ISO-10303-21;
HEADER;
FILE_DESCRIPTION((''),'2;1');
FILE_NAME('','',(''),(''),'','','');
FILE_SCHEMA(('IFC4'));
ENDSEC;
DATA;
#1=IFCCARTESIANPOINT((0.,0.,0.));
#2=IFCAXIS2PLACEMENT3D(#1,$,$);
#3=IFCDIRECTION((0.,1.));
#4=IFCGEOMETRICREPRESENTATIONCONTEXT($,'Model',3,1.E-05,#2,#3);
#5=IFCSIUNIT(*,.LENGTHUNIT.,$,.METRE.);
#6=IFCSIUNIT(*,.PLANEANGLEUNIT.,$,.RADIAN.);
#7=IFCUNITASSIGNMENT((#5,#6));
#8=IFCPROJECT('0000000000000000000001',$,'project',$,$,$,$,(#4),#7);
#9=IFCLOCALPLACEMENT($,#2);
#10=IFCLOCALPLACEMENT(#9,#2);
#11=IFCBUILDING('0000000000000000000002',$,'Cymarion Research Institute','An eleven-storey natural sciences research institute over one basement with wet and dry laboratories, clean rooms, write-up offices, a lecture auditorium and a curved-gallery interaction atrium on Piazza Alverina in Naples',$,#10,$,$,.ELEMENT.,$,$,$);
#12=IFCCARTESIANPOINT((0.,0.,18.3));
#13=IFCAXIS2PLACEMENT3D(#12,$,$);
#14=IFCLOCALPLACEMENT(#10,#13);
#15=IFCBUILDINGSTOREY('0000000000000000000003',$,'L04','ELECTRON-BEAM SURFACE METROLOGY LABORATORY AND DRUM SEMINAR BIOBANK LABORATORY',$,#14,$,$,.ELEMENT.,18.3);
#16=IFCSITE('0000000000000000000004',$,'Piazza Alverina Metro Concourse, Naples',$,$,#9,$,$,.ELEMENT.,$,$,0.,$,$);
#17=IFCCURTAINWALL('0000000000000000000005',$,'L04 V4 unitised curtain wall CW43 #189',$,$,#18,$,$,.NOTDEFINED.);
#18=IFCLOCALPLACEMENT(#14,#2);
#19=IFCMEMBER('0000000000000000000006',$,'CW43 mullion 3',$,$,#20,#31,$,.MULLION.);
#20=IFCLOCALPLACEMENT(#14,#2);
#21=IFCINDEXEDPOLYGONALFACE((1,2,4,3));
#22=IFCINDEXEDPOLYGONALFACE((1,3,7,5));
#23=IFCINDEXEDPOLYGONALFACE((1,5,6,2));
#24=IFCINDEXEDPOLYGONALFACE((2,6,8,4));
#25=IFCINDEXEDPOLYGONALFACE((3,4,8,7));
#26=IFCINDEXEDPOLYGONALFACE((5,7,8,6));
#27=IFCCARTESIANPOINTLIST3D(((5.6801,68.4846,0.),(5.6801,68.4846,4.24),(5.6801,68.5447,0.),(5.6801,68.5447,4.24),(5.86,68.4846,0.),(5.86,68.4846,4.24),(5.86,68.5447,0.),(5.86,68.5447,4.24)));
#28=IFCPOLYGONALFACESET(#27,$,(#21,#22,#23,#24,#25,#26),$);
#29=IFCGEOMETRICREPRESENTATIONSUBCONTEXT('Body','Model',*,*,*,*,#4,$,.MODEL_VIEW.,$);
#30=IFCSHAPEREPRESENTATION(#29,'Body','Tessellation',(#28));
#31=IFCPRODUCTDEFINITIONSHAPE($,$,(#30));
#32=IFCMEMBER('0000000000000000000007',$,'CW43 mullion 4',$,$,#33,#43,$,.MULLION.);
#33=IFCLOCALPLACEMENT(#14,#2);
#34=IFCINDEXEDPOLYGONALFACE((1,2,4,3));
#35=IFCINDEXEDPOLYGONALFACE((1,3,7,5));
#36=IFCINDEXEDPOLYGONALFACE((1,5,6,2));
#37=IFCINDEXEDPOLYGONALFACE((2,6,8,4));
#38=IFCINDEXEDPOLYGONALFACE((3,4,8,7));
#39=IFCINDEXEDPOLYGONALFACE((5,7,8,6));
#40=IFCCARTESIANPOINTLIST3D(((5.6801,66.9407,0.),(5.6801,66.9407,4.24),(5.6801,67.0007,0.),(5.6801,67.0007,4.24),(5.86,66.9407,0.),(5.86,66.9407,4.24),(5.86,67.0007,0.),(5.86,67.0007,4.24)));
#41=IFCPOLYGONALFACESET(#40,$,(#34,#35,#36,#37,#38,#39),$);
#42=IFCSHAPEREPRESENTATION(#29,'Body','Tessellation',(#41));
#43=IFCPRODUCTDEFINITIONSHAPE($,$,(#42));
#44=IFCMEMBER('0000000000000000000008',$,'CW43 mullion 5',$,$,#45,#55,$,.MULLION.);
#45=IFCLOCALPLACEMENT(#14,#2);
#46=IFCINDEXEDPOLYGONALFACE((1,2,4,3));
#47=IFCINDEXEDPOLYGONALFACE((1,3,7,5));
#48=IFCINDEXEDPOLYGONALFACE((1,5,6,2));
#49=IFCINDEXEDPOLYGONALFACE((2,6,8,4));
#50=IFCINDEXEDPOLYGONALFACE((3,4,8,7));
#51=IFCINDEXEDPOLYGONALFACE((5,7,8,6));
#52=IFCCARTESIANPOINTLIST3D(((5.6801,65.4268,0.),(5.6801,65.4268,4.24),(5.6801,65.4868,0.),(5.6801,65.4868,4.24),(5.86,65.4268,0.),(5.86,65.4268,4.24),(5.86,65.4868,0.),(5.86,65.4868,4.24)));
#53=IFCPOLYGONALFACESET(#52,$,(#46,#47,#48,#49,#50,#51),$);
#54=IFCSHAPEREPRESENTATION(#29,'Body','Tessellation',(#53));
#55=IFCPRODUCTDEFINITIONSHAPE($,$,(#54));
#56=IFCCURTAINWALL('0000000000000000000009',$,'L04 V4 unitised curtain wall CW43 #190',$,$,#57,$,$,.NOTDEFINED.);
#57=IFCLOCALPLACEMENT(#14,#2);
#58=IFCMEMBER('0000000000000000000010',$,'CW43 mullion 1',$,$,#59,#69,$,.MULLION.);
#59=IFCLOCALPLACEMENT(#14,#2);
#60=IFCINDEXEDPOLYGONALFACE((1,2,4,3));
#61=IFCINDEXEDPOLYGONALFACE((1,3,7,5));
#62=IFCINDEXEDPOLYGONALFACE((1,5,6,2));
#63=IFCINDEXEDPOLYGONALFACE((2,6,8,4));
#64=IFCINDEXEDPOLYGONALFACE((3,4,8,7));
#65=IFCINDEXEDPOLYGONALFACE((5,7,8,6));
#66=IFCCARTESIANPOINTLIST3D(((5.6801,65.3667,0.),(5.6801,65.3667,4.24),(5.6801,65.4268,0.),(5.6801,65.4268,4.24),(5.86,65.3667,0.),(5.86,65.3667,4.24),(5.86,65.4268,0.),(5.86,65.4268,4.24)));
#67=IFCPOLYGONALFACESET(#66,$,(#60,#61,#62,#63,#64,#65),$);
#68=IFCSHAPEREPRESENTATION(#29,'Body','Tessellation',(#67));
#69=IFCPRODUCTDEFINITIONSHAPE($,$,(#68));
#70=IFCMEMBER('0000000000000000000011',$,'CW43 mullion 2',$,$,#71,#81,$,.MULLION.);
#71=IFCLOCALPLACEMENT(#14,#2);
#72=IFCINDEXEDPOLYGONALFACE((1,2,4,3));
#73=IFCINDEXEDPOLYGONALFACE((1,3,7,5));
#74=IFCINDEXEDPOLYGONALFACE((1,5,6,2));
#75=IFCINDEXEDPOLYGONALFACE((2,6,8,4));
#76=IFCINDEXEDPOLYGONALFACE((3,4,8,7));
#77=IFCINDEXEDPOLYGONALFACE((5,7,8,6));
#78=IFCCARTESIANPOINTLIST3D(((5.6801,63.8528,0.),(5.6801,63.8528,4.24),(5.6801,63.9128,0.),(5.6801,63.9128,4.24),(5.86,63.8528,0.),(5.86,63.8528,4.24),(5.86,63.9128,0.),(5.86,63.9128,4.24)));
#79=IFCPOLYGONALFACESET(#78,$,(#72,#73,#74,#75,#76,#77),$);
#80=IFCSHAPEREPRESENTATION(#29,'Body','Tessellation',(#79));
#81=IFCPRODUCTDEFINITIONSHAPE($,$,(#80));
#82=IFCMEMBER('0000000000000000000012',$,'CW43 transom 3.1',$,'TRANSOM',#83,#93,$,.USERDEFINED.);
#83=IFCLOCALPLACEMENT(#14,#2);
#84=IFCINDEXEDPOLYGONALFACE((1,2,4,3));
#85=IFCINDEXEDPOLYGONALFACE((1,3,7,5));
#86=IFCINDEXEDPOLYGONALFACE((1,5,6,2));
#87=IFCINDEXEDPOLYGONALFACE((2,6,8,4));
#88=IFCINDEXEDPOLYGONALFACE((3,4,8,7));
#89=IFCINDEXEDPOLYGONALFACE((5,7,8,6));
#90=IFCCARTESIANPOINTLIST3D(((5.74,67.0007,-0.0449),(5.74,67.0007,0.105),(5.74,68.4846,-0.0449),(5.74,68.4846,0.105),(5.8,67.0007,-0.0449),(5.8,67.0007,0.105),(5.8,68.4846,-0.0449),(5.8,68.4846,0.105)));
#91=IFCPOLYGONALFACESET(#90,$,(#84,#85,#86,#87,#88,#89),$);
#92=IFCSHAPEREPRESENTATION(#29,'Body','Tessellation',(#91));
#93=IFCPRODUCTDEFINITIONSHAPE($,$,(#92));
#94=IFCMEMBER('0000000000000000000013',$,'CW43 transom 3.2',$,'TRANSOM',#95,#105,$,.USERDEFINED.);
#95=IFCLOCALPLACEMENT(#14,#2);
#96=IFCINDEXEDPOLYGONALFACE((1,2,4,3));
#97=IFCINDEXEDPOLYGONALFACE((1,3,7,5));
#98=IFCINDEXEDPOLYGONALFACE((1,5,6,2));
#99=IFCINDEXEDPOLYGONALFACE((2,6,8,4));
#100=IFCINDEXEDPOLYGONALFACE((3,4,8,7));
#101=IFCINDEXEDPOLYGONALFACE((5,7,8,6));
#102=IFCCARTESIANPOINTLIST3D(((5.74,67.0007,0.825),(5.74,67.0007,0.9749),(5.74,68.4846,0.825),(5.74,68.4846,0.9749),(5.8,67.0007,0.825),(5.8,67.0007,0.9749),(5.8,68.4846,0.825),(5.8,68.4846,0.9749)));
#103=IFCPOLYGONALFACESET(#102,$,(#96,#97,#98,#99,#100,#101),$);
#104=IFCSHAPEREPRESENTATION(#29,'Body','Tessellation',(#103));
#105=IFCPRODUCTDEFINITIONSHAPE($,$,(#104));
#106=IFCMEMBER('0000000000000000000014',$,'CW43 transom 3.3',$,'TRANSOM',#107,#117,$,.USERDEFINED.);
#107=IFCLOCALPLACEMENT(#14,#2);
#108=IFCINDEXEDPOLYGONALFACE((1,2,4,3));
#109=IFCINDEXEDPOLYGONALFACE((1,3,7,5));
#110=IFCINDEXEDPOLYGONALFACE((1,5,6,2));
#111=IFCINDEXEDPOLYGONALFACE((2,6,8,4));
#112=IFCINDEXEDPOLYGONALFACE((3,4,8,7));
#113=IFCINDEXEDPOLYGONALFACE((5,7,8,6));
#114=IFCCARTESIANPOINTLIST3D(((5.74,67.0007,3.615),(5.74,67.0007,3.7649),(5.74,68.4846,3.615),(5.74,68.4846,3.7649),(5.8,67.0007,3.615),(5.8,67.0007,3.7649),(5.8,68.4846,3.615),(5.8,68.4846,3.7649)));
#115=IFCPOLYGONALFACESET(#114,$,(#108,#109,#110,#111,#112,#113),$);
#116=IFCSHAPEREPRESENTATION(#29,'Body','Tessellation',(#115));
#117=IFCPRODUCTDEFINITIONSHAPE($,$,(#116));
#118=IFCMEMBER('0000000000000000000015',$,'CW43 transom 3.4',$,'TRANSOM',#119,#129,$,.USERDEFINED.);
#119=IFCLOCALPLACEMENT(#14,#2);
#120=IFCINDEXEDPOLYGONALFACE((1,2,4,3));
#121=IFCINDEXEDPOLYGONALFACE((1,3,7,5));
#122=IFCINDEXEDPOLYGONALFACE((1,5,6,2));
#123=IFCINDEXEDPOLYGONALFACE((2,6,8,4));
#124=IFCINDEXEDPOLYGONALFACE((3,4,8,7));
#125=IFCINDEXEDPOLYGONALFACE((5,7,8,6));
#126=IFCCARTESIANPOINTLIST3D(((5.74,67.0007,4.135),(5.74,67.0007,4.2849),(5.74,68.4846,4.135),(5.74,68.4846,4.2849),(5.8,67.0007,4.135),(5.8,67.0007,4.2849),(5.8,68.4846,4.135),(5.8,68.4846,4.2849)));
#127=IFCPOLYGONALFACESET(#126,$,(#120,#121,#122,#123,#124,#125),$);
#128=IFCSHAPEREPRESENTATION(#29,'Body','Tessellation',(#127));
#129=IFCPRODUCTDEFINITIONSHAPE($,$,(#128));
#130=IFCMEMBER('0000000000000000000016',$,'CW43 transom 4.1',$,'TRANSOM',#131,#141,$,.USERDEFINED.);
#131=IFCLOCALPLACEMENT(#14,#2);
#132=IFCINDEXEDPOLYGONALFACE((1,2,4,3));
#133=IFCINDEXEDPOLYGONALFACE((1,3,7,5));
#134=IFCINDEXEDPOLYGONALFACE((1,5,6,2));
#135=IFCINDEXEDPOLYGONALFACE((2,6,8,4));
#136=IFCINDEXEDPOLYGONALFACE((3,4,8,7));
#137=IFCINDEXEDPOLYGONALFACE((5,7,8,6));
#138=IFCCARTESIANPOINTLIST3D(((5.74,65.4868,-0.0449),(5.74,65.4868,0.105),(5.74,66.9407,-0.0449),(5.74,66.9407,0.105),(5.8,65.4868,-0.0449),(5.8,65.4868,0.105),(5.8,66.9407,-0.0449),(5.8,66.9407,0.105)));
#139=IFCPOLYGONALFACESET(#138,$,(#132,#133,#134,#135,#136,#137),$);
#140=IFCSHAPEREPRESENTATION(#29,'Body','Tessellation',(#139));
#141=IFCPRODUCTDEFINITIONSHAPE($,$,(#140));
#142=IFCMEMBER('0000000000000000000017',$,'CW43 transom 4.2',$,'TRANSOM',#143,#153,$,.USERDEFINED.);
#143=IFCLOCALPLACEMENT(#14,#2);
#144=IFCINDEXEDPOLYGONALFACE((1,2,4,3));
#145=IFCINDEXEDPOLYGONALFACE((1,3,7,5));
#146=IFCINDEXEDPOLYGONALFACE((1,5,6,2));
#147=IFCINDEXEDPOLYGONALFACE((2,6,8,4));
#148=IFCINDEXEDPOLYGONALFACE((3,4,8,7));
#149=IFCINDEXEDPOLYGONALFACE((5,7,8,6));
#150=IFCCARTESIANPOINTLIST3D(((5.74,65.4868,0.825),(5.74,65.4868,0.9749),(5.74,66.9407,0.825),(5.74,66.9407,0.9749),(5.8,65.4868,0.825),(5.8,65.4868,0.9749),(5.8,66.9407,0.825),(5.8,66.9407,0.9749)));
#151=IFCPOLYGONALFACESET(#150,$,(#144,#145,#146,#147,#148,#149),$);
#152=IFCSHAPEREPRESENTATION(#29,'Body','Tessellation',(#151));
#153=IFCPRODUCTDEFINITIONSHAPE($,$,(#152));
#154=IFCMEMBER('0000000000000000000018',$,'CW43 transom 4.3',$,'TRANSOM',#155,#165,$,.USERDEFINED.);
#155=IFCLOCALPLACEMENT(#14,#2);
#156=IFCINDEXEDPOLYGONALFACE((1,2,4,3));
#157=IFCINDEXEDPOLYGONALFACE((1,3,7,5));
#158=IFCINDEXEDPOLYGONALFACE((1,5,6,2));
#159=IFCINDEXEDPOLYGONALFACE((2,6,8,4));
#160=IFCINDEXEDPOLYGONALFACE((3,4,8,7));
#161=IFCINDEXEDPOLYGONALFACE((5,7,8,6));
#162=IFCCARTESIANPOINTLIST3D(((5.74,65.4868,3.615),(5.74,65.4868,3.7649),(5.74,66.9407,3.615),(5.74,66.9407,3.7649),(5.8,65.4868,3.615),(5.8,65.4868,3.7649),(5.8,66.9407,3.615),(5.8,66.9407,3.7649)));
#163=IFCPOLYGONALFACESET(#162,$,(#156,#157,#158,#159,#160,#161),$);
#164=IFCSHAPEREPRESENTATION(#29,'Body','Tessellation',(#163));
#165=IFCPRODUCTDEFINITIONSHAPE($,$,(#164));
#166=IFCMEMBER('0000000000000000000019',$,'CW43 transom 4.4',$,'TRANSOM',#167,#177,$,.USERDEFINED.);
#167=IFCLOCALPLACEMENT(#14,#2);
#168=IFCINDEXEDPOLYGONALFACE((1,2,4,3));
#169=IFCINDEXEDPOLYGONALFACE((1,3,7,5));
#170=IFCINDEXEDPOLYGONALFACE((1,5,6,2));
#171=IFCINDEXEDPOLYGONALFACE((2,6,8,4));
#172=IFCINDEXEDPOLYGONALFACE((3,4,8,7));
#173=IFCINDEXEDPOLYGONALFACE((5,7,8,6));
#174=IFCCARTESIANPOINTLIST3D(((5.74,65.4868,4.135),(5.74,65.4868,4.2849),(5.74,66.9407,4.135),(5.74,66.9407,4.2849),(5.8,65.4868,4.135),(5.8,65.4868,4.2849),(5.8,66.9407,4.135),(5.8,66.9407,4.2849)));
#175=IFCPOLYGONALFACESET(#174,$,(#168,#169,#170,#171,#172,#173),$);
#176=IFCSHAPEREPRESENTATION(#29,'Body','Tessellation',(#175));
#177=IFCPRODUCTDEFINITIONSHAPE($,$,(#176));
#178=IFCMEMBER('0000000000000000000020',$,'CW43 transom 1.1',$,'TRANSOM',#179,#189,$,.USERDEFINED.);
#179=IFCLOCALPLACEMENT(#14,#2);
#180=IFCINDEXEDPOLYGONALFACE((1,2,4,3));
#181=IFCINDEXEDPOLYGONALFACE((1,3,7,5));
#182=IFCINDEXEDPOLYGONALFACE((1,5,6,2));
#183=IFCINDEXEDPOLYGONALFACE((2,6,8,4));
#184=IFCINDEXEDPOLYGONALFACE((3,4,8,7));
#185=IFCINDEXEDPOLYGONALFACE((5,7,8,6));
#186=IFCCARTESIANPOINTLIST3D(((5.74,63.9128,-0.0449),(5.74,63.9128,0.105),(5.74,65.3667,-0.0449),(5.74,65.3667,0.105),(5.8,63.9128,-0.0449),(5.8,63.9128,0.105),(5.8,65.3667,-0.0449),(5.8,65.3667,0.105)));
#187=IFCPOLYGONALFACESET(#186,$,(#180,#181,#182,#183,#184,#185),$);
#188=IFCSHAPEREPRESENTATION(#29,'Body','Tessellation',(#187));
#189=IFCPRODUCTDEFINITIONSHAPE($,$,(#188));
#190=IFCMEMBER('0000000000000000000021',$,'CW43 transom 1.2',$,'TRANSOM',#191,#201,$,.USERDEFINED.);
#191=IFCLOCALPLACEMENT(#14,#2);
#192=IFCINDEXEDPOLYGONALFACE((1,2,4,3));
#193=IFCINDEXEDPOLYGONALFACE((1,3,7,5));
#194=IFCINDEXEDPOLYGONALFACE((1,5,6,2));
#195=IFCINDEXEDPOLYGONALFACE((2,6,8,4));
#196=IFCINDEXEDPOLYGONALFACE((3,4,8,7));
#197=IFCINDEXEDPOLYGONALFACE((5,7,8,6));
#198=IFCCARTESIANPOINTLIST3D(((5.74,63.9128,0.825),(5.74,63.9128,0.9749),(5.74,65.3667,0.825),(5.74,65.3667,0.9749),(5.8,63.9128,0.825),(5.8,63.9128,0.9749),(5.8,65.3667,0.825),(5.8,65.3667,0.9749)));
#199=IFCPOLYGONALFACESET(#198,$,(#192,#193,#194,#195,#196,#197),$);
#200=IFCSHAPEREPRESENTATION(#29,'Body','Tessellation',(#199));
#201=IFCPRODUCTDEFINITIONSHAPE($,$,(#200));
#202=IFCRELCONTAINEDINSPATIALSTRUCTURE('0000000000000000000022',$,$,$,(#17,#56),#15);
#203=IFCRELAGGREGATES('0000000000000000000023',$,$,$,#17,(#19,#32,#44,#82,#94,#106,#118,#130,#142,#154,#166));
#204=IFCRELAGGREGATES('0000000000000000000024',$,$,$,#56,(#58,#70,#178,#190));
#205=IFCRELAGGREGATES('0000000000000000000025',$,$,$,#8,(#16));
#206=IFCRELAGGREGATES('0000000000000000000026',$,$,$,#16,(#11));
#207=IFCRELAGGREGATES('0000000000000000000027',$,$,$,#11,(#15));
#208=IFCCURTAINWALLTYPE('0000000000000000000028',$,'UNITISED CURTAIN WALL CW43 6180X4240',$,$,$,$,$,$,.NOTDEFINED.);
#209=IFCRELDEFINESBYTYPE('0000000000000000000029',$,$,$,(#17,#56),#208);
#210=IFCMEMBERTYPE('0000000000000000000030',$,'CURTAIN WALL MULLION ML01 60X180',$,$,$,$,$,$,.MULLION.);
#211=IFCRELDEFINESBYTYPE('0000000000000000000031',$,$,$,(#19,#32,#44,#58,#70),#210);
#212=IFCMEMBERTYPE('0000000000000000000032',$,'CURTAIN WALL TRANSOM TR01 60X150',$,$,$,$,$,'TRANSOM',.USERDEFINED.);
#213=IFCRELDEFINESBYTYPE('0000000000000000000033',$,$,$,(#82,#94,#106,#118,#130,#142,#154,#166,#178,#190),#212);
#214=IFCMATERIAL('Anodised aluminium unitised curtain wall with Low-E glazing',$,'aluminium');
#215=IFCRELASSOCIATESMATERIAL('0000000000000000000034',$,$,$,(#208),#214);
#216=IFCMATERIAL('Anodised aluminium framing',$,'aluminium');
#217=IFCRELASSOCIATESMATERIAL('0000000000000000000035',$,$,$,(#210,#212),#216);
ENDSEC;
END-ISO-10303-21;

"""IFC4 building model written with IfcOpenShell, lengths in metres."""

from ifc_helpers import new_model, si_unit, direction, frame, origin, origin_2d, place, context, subcontext, project, spatial, rectangle, extrude, material, material_profile, profile_set, type_object, element, aggregate, save


model = new_model("IFC4")

# Units and contexts
model_context = context("Model", 3, precision=1e-05, world=origin(), true_north=direction((0.0, 1.0)))
body_context = subcontext(model_context, "Body", "Model", "MODEL_VIEW")
ifc_project = project(units=[si_unit("LENGTHUNIT", "METRE"), si_unit("PLANEANGLEUNIT", "RADIAN")], contexts=[model_context])

# Site, building, storey
site_placement = place(None, origin())
site = spatial("IfcSite", under=ifc_project, at=site_placement, Name="Piazza Alverina Metro Concourse, Naples", CompositionType="ELEMENT", RefElevation=0.0)
building_placement = place(site_placement, origin())
building = spatial("IfcBuilding", under=site, at=building_placement, Name="Cymarion Research Institute", Description="An eleven-storey natural sciences research institute over one basement with wet and dry laboratories, clean rooms, write-up offices, a lecture auditorium and a curved-gallery interaction atrium on Piazza Alverina in Naples", CompositionType="ELEMENT")
storey_placement = place(building_placement, frame((0.0, 0.0, 18.3)))
storey = spatial("IfcBuildingStorey", under=building, at=storey_placement, Name="L04", Description="ELECTRON-BEAM SURFACE METROLOGY LABORATORY AND DRUM SEMINAR BIOBANK LABORATORY", CompositionType="ELEMENT", Elevation=18.3)

# Curtain walls, members
ifc_material_1 = material(Name="Anodised aluminium unitised curtain wall with Low-E glazing", Category="aluminium")
curtain_wall_type = type_object("IfcCurtainWallType", Name="UNITISED CURTAIN WALL CW43 6180X4240", PredefinedType="NOTDEFINED", material=ifc_material_1)
curtain_wall_1_placement = place(storey_placement, origin())
curtain_wall_1 = element("IfcCurtainWall", 1, at=curtain_wall_1_placement, inside=storey, type_object=curtain_wall_type, Name="L04 V4 unitised curtain wall CW43 #189", PredefinedType="NOTDEFINED")
ifc_material_2 = material(Name="Anodised aluminium framing", Category="aluminium")
ifc_material_profile_1 = material_profile(ifc_material_2, rectangle(XDim=0.0601, YDim=0.1799, at=origin_2d()), Name="ALU MULLION 60x180")
ifc_profile_set_1 = profile_set([ifc_material_profile_1], Name="Anodised aluminium framing")
member_type_1 = type_object("IfcMemberType", Name="CURTAIN WALL MULLION ML01 60X180", PredefinedType="MULLION", material=ifc_profile_set_1)
member_1_placement = place(storey_placement, frame((5.77, 68.5146, 0.0), z_axis=(0.0, 0.0, 1.0), x_axis=(0.0, -1.0, 0.0)))
member_1 = element("IfcMember", 2, at=member_1_placement, type_object=member_type_1, Name="CW43 mullion 3", PredefinedType="MULLION", context=body_context, shape_type="SweptSolid", body=[
    extrude(rectangle(XDim=0.0601, YDim=0.1799, at=origin_2d()), origin(), (0.0, 0.0, 1.0), 4.24),
])
member_2_placement = place(storey_placement, frame((5.77, 66.9707, 0.0), z_axis=(0.0, 0.0, 1.0), x_axis=(0.0, -1.0, 0.0)))
member_2 = element("IfcMember", 3, at=member_2_placement, type_object=member_type_1, Name="CW43 mullion 4", PredefinedType="MULLION", context=body_context, shape_type="SweptSolid", body=[
    extrude(rectangle(XDim=0.0601, YDim=0.1799, at=origin_2d()), origin(), (0.0, 0.0, 1.0), 4.24),
])
member_3_placement = place(storey_placement, frame((5.77, 65.4568, 0.0), z_axis=(0.0, 0.0, 1.0), x_axis=(0.0, -1.0, 0.0)))
member_3 = element("IfcMember", 4, at=member_3_placement, type_object=member_type_1, Name="CW43 mullion 5", PredefinedType="MULLION", context=body_context, shape_type="SweptSolid", body=[
    extrude(rectangle(XDim=0.0601, YDim=0.1799, at=origin_2d()), origin(), (0.0, 0.0, 1.0), 4.24),
])
curtain_wall_2_placement = place(storey_placement, origin())
curtain_wall_2 = element("IfcCurtainWall", 5, at=curtain_wall_2_placement, inside=storey, type_object=curtain_wall_type, Name="L04 V4 unitised curtain wall CW43 #190", PredefinedType="NOTDEFINED")
member_4_placement = place(storey_placement, frame((5.77, 65.3967, 0.0), z_axis=(0.0, 0.0, 1.0), x_axis=(0.0, -1.0, 0.0)))
member_4 = element("IfcMember", 6, at=member_4_placement, type_object=member_type_1, Name="CW43 mullion 1", PredefinedType="MULLION", context=body_context, shape_type="SweptSolid", body=[
    extrude(rectangle(XDim=0.0601, YDim=0.1799, at=origin_2d()), origin(), (0.0, 0.0, 1.0), 4.24),
])
member_5_placement = place(storey_placement, frame((5.77, 63.8828, 0.0), z_axis=(0.0, 0.0, 1.0), x_axis=(0.0, -1.0, 0.0)))
member_5 = element("IfcMember", 7, at=member_5_placement, type_object=member_type_1, Name="CW43 mullion 2", PredefinedType="MULLION", context=body_context, shape_type="SweptSolid", body=[
    extrude(rectangle(XDim=0.0601, YDim=0.1799, at=origin_2d()), origin(), (0.0, 0.0, 1.0), 4.24),
])

# Members
ifc_material_profile_2 = material_profile(ifc_material_2, rectangle(XDim=0.0601, YDim=0.1499, at=origin_2d()), Name="ALU TRANSOM 60x150")
ifc_profile_set_2 = profile_set([ifc_material_profile_2], Name="Anodised aluminium framing")
member_type_2 = type_object("IfcMemberType", Name="CURTAIN WALL TRANSOM TR01 60X150", ElementType="TRANSOM", PredefinedType="USERDEFINED", material=ifc_profile_set_2)
member_6_placement = place(storey_placement, frame((5.77, 68.4846, 0.03), z_axis=(0.0, -1.0, 0.0), x_axis=(1.0, 0.0, 0.0)))
member_6 = element("IfcMember", 8, at=member_6_placement, type_object=member_type_2, Name="CW43 transom 3.1", ObjectType="TRANSOM", PredefinedType="USERDEFINED", context=body_context, shape_type="SweptSolid", body=[
    extrude(rectangle(XDim=0.0601, YDim=0.1499, at=origin_2d()), origin(), (0.0, 0.0, 1.0), 1.4839),
])
member_7_placement = place(storey_placement, frame((5.77, 68.4846, 0.8999), z_axis=(0.0, -1.0, 0.0), x_axis=(1.0, 0.0, 0.0)))
member_7 = element("IfcMember", 9, at=member_7_placement, type_object=member_type_2, Name="CW43 transom 3.2", ObjectType="TRANSOM", PredefinedType="USERDEFINED", context=body_context, shape_type="SweptSolid", body=[
    extrude(rectangle(XDim=0.0601, YDim=0.1499, at=origin_2d()), origin(), (0.0, 0.0, 1.0), 1.4839),
])
member_8_placement = place(storey_placement, frame((5.77, 68.4846, 3.6899), z_axis=(0.0, -1.0, 0.0), x_axis=(1.0, 0.0, 0.0)))
member_8 = element("IfcMember", 10, at=member_8_placement, type_object=member_type_2, Name="CW43 transom 3.3", ObjectType="TRANSOM", PredefinedType="USERDEFINED", context=body_context, shape_type="SweptSolid", body=[
    extrude(rectangle(XDim=0.0601, YDim=0.1499, at=origin_2d()), origin(), (0.0, 0.0, 1.0), 1.4839),
])
member_9_placement = place(storey_placement, frame((5.77, 68.4846, 4.21), z_axis=(0.0, -1.0, 0.0), x_axis=(1.0, 0.0, 0.0)))
member_9 = element("IfcMember", 11, at=member_9_placement, type_object=member_type_2, Name="CW43 transom 3.4", ObjectType="TRANSOM", PredefinedType="USERDEFINED", context=body_context, shape_type="SweptSolid", body=[
    extrude(rectangle(XDim=0.0601, YDim=0.1499, at=origin_2d()), origin(), (0.0, 0.0, 1.0), 1.4839),
])
member_10_placement = place(storey_placement, frame((5.77, 66.9407, 0.03), z_axis=(0.0, -1.0, 0.0), x_axis=(1.0, 0.0, 0.0)))
member_10 = element("IfcMember", 12, at=member_10_placement, type_object=member_type_2, Name="CW43 transom 4.1", ObjectType="TRANSOM", PredefinedType="USERDEFINED", context=body_context, shape_type="SweptSolid", body=[
    extrude(rectangle(XDim=0.0601, YDim=0.1499, at=origin_2d()), origin(), (0.0, 0.0, 1.0), 1.4539),
])
member_11_placement = place(storey_placement, frame((5.77, 66.9407, 0.8999), z_axis=(0.0, -1.0, 0.0), x_axis=(1.0, 0.0, 0.0)))
member_11 = element("IfcMember", 13, at=member_11_placement, type_object=member_type_2, Name="CW43 transom 4.2", ObjectType="TRANSOM", PredefinedType="USERDEFINED", context=body_context, shape_type="SweptSolid", body=[
    extrude(rectangle(XDim=0.0601, YDim=0.1499, at=origin_2d()), origin(), (0.0, 0.0, 1.0), 1.4539),
])
member_12_placement = place(storey_placement, frame((5.77, 66.9407, 3.6899), z_axis=(0.0, -1.0, 0.0), x_axis=(1.0, 0.0, 0.0)))
member_12 = element("IfcMember", 14, at=member_12_placement, type_object=member_type_2, Name="CW43 transom 4.3", ObjectType="TRANSOM", PredefinedType="USERDEFINED", context=body_context, shape_type="SweptSolid", body=[
    extrude(rectangle(XDim=0.0601, YDim=0.1499, at=origin_2d()), origin(), (0.0, 0.0, 1.0), 1.4539),
])
member_13_placement = place(storey_placement, frame((5.77, 66.9407, 4.21), z_axis=(0.0, -1.0, 0.0), x_axis=(1.0, 0.0, 0.0)))
member_13 = element("IfcMember", 15, at=member_13_placement, type_object=member_type_2, Name="CW43 transom 4.4", ObjectType="TRANSOM", PredefinedType="USERDEFINED", context=body_context, shape_type="SweptSolid", body=[
    extrude(rectangle(XDim=0.0601, YDim=0.1499, at=origin_2d()), origin(), (0.0, 0.0, 1.0), 1.4539),
])
member_14_placement = place(storey_placement, frame((5.77, 65.3667, 0.03), z_axis=(0.0, -1.0, 0.0), x_axis=(1.0, 0.0, 0.0)))
member_14 = element("IfcMember", 16, at=member_14_placement, type_object=member_type_2, Name="CW43 transom 1.1", ObjectType="TRANSOM", PredefinedType="USERDEFINED", context=body_context, shape_type="SweptSolid", body=[
    extrude(rectangle(XDim=0.0601, YDim=0.1499, at=origin_2d()), origin(), (0.0, 0.0, 1.0), 1.4539),
])
member_15_placement = place(storey_placement, frame((5.77, 65.3667, 0.8999), z_axis=(0.0, -1.0, 0.0), x_axis=(1.0, 0.0, 0.0)))
member_15 = element("IfcMember", 17, at=member_15_placement, type_object=member_type_2, Name="CW43 transom 1.2", ObjectType="TRANSOM", PredefinedType="USERDEFINED", context=body_context, shape_type="SweptSolid", body=[
    extrude(rectangle(XDim=0.0601, YDim=0.1499, at=origin_2d()), origin(), (0.0, 0.0, 1.0), 1.4539),
])

aggregate(curtain_wall_1, [member_1, member_2, member_3, member_6, member_7, member_8, member_9, member_10, member_11, member_12, member_13])
aggregate(curtain_wall_2, [member_4, member_5, member_14, member_15])

save(model, "model.ifc")
